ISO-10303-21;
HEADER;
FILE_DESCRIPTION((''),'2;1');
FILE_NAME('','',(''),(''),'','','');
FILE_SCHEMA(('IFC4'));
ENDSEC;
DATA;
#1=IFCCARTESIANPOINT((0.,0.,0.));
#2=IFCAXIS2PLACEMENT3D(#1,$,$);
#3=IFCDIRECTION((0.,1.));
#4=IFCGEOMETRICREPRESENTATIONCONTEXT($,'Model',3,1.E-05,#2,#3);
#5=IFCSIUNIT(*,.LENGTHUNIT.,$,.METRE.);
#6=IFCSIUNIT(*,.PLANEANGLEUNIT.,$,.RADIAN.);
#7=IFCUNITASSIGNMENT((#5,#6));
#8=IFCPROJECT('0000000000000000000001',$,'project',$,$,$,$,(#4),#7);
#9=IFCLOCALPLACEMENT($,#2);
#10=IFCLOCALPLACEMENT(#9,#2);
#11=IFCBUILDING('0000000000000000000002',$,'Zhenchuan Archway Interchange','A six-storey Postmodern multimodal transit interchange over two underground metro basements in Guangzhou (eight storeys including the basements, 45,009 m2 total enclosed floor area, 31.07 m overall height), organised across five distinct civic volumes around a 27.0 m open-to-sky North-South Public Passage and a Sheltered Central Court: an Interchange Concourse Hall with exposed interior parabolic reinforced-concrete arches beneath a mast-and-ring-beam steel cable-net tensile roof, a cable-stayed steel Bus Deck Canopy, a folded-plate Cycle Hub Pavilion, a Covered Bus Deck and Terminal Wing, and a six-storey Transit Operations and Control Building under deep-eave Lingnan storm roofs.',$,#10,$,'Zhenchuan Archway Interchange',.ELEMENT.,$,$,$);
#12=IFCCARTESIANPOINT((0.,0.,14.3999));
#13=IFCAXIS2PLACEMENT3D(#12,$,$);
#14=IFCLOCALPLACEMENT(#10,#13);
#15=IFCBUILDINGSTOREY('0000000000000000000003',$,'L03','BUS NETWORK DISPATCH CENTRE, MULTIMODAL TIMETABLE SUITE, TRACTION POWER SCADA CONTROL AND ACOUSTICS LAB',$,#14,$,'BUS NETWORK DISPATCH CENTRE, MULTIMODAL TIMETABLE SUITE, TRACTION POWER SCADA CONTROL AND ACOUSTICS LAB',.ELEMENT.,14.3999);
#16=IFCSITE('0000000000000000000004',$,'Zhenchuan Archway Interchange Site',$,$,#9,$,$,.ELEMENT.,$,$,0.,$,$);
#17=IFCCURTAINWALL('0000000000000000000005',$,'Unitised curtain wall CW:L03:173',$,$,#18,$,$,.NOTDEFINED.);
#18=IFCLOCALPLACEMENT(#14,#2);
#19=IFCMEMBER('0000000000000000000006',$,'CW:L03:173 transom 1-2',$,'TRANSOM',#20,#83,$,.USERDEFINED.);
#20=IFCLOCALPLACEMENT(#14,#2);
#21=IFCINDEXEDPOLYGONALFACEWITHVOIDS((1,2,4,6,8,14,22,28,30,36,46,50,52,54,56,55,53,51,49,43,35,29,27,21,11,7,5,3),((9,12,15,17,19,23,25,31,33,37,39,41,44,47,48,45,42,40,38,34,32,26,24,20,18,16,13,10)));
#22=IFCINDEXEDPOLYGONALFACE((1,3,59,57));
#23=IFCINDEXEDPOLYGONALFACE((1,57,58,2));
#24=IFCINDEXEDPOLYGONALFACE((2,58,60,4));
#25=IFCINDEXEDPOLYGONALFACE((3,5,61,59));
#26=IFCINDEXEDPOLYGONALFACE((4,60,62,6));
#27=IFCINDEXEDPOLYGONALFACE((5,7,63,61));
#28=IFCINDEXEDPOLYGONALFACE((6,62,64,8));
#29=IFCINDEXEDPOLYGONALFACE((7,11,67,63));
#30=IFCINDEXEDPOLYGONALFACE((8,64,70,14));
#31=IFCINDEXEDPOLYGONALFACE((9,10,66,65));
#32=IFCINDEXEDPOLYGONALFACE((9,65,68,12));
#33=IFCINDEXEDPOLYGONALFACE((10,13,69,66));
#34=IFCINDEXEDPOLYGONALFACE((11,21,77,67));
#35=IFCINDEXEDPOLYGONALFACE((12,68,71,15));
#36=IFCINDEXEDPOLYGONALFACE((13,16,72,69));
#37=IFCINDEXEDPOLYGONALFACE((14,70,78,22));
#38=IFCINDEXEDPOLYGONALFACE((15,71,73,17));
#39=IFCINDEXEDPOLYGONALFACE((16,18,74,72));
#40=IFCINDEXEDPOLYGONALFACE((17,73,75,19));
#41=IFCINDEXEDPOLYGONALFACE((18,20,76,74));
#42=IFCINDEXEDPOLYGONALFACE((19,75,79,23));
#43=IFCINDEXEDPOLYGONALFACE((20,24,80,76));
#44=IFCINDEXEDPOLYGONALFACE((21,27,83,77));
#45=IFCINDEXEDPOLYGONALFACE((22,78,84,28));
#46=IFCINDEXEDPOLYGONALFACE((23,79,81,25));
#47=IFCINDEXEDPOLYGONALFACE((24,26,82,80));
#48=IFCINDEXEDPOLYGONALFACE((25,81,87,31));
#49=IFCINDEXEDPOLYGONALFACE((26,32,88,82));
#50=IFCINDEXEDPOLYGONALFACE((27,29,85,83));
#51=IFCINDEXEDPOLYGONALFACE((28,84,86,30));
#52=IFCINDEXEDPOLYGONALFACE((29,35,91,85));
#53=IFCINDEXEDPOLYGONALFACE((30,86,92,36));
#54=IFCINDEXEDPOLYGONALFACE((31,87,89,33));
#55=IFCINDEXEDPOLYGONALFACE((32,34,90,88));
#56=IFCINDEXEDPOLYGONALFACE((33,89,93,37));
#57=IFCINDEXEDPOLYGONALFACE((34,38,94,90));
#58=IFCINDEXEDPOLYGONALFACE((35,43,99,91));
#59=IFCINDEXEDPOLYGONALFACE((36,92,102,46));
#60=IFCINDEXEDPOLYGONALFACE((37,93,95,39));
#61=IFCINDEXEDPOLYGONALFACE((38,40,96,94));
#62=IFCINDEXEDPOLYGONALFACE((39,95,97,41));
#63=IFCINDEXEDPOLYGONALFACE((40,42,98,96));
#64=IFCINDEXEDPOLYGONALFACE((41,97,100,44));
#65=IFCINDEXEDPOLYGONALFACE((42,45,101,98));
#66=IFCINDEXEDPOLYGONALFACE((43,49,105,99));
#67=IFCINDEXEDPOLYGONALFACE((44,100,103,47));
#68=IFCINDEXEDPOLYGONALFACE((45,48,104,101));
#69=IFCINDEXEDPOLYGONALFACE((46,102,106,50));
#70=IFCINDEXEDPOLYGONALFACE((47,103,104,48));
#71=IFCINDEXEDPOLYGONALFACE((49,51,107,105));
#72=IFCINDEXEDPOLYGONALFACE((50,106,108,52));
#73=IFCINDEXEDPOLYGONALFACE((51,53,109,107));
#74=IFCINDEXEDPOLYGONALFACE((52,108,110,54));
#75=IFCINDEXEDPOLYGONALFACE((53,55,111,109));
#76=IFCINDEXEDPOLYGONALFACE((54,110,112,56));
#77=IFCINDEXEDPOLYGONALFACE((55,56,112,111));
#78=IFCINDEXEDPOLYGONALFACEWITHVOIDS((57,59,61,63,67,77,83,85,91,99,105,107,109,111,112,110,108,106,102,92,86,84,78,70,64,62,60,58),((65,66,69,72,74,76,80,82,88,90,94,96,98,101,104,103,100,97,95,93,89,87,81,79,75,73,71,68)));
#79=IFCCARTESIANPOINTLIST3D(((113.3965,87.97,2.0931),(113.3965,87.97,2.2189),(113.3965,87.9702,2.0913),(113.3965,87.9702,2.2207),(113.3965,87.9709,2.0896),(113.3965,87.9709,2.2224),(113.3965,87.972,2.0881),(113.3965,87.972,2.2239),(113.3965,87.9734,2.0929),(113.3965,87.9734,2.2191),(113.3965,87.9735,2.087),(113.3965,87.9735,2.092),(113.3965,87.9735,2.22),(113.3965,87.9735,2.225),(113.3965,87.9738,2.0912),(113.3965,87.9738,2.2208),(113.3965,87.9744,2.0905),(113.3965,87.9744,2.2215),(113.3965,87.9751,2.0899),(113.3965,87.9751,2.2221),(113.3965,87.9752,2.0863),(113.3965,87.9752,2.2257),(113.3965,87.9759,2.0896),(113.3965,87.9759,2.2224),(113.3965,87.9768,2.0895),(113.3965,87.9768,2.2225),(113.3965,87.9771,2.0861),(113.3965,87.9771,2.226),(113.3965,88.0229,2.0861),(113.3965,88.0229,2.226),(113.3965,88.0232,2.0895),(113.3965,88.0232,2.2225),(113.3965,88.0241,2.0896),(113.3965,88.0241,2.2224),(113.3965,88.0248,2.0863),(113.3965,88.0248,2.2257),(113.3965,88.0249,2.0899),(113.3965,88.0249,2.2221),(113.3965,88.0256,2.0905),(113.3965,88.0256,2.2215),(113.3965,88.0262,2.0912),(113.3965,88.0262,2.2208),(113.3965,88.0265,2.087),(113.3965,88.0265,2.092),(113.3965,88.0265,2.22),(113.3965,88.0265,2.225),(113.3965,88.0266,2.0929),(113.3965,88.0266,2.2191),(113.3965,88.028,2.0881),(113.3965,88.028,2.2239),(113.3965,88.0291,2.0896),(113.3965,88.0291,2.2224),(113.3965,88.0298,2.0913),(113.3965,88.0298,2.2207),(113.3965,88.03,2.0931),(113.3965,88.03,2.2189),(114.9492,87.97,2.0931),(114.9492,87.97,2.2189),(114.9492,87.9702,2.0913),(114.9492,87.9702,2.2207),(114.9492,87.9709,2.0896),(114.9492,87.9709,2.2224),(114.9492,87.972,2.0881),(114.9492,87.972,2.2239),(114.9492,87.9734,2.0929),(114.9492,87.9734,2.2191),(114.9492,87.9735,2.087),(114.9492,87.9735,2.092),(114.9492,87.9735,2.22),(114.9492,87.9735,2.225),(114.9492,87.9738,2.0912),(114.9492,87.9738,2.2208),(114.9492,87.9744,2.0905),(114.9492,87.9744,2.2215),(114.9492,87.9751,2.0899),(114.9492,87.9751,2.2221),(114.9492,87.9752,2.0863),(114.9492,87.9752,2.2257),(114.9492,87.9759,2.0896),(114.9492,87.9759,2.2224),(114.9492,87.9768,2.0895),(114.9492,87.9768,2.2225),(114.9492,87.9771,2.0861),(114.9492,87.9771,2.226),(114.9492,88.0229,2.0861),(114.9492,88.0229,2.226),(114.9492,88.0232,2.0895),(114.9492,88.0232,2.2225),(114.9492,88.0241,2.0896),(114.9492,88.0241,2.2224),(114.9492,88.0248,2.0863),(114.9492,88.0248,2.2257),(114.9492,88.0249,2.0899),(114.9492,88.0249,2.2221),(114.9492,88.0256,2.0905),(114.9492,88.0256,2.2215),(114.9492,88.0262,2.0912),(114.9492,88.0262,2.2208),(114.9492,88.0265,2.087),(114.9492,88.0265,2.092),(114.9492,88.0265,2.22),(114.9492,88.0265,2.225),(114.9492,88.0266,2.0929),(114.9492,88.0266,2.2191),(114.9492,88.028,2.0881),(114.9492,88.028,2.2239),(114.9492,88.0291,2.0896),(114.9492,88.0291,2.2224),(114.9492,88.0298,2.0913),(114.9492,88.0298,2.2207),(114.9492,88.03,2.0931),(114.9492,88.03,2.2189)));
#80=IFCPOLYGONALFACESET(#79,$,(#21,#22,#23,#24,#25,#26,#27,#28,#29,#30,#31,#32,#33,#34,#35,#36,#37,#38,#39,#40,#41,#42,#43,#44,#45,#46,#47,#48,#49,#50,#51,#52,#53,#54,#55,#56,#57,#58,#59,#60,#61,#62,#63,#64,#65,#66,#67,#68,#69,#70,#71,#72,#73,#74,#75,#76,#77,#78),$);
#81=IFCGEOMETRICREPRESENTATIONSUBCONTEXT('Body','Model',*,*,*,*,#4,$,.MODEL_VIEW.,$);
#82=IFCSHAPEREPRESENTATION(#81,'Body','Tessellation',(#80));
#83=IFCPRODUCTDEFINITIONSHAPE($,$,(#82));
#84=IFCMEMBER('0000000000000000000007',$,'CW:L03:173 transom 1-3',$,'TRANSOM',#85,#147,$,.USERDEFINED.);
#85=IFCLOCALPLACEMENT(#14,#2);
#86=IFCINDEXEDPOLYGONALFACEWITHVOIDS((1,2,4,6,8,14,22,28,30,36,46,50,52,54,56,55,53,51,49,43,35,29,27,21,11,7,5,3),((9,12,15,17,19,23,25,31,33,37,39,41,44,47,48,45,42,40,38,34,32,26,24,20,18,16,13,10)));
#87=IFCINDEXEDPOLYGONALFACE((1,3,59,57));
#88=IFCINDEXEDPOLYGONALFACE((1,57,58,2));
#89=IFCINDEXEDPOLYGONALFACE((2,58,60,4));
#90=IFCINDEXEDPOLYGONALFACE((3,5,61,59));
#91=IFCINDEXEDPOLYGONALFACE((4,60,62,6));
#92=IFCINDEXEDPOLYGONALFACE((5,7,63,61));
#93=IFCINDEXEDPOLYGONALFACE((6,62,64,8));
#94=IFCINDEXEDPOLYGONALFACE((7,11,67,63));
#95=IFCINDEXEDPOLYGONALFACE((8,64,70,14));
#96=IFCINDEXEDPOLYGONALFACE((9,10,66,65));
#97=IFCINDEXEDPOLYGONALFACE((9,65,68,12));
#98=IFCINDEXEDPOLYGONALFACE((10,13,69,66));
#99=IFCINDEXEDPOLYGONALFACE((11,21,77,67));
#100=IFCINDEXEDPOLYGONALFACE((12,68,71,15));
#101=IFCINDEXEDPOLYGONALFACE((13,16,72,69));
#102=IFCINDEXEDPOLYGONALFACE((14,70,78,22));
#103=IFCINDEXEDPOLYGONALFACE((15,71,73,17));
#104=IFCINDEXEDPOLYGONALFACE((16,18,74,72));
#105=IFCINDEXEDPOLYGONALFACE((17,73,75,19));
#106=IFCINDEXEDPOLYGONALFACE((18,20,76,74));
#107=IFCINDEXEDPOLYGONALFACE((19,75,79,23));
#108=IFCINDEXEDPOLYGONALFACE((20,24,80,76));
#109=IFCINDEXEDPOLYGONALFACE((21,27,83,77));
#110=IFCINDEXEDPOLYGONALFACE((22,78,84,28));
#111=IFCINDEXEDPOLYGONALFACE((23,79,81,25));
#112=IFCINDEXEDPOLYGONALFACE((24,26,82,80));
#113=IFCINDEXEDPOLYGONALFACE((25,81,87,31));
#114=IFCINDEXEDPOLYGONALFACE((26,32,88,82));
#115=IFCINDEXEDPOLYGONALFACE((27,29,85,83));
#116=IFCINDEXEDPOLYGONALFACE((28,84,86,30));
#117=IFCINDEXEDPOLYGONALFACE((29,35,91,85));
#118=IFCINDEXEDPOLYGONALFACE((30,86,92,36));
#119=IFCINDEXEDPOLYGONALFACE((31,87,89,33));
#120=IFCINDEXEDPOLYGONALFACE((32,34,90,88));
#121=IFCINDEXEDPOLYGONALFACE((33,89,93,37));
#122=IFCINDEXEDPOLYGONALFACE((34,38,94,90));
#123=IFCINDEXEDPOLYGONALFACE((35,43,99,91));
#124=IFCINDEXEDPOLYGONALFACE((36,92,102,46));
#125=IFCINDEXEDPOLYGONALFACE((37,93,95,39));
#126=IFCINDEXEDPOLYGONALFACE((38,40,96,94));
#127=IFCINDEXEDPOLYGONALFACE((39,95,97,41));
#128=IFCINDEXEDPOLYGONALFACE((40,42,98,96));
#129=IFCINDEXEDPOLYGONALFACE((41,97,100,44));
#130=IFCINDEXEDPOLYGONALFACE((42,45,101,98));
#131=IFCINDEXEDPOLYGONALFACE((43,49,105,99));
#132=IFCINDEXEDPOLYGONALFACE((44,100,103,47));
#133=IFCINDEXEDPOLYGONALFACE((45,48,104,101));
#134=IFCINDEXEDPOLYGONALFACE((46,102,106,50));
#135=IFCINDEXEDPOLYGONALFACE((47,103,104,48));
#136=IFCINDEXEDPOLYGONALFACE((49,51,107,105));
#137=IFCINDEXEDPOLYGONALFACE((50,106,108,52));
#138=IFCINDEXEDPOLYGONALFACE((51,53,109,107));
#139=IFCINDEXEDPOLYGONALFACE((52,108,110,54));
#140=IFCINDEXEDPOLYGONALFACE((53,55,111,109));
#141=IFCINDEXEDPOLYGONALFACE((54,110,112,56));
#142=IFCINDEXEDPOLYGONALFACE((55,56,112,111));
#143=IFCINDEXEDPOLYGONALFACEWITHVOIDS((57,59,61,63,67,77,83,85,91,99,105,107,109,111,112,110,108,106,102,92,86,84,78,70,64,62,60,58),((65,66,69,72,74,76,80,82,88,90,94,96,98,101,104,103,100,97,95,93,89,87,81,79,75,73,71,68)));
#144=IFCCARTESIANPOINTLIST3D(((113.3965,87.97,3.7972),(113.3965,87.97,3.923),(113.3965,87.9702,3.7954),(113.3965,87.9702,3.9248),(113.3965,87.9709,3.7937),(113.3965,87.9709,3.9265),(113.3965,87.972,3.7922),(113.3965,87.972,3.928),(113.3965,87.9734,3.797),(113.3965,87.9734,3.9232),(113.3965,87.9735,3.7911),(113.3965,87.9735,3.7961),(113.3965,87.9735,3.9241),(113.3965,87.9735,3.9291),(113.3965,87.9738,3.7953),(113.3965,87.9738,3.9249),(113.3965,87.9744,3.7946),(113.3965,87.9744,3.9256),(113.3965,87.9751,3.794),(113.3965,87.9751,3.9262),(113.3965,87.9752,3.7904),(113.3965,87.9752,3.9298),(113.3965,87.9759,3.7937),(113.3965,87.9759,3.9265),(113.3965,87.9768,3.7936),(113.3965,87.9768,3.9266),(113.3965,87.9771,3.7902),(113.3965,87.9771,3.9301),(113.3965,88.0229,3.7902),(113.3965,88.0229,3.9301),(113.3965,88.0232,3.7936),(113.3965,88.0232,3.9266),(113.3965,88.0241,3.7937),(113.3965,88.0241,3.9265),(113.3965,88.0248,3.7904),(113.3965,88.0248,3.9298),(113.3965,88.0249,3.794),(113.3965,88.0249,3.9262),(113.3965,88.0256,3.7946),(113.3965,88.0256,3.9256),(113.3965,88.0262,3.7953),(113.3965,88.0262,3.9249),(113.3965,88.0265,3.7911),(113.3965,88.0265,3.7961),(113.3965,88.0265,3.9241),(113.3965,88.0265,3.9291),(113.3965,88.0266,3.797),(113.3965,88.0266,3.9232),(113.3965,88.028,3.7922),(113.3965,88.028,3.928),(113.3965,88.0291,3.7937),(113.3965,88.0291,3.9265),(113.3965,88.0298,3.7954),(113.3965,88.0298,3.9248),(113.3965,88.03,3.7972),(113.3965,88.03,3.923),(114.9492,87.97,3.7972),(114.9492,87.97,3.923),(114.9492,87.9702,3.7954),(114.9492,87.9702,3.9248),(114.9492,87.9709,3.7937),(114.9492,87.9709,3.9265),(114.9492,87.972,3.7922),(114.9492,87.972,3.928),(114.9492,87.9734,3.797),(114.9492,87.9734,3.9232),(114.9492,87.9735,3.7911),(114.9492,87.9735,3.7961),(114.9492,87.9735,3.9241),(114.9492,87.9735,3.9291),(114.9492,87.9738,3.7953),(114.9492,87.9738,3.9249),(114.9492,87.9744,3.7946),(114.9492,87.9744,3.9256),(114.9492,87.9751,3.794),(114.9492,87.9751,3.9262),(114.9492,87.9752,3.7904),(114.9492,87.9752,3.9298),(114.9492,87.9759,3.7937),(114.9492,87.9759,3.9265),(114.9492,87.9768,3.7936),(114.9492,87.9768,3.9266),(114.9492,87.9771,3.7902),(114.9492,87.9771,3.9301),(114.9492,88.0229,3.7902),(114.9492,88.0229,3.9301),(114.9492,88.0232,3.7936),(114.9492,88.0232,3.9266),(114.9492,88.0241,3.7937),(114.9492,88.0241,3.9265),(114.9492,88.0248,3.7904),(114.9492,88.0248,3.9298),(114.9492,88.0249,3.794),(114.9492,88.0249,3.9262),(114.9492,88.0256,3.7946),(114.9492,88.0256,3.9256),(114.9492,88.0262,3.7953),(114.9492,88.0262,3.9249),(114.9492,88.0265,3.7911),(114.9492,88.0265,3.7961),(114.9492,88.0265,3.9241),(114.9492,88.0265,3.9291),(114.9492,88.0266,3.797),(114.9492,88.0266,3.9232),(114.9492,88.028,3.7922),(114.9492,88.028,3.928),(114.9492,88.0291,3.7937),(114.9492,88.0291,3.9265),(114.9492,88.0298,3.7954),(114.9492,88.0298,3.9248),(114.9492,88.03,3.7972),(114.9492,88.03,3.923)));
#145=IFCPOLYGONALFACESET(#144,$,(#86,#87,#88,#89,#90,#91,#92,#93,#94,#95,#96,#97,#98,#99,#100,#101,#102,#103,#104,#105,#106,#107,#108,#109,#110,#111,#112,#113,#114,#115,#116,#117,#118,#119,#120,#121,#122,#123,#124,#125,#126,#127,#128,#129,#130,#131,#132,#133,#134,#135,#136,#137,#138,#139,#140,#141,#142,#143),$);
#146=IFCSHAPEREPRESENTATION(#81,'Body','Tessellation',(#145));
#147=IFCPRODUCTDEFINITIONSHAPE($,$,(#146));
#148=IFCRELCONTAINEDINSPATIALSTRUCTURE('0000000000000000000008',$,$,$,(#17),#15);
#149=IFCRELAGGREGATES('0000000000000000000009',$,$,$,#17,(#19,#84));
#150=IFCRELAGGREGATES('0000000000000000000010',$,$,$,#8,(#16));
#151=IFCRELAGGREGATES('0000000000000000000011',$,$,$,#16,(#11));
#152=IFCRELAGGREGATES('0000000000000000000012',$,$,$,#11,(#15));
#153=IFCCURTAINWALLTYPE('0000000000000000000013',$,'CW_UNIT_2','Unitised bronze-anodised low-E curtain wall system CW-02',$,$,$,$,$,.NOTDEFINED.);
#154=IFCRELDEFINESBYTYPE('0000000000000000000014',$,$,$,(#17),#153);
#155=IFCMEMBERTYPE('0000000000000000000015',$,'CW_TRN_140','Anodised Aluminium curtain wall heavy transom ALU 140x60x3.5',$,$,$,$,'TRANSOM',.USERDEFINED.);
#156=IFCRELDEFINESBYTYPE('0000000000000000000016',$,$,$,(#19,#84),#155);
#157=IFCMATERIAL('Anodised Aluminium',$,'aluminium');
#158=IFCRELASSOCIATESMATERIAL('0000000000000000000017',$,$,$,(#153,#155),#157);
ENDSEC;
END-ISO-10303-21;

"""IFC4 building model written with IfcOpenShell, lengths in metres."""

from ifc_helpers import new_model, si_unit, direction, frame, origin, origin_2d, place, context, subcontext, project, spatial, hollow_rectangle, extrude, material, material_profile, profile_set, type_object, element, aggregate, save


model = new_model("IFC4")

# Units and contexts
model_context = context("Model", 3, precision=1e-05, world=origin(), true_north=direction((0.0, 1.0)))
body_context = subcontext(model_context, "Body", "Model", "MODEL_VIEW")
ifc_project = project(units=[si_unit("LENGTHUNIT", "METRE"), si_unit("PLANEANGLEUNIT", "RADIAN")], contexts=[model_context])

# Site, building, storey
site_placement = place(None, origin())
site = spatial("IfcSite", under=ifc_project, at=site_placement, Name="Zhenchuan Archway Interchange Site", CompositionType="ELEMENT", RefElevation=0.0)
building_placement = place(site_placement, origin())
building = spatial("IfcBuilding", under=site, at=building_placement, Name="Zhenchuan Archway Interchange", Description="A six-storey Postmodern multimodal transit interchange over two underground metro basements in Guangzhou (eight storeys including the basements, 45,009 m2 total enclosed floor area, 31.07 m overall height), organised across five distinct civic volumes around a 27.0 m open-to-sky North-South Public Passage and a Sheltered Central Court: an Interchange Concourse Hall with exposed interior parabolic reinforced-concrete arches beneath a mast-and-ring-beam steel cable-net tensile roof, a cable-stayed steel Bus Deck Canopy, a folded-plate Cycle Hub Pavilion, a Covered Bus Deck and Terminal Wing, and a six-storey Transit Operations and Control Building under deep-eave Lingnan storm roofs.", LongName="Zhenchuan Archway Interchange", CompositionType="ELEMENT")
storey_placement = place(building_placement, frame((0.0, 0.0, 14.3999)))
storey = spatial("IfcBuildingStorey", under=building, at=storey_placement, Name="L03", Description="BUS NETWORK DISPATCH CENTRE, MULTIMODAL TIMETABLE SUITE, TRACTION POWER SCADA CONTROL AND ACOUSTICS LAB", LongName="BUS NETWORK DISPATCH CENTRE, MULTIMODAL TIMETABLE SUITE, TRACTION POWER SCADA CONTROL AND ACOUSTICS LAB", CompositionType="ELEMENT", Elevation=14.3999)

# Curtain wall, members
ifc_material_1 = material(Name="Anodised Aluminium", Category="aluminium")
curtain_wall_type = type_object("IfcCurtainWallType", Name="CW_UNIT_2", Description="Unitised bronze-anodised low-E curtain wall system CW-02", PredefinedType="NOTDEFINED", material=ifc_material_1)
curtain_wall_placement = place(storey_placement, origin())
curtain_wall = element("IfcCurtainWall", 1, at=curtain_wall_placement, inside=storey, type_object=curtain_wall_type, Name="Unitised curtain wall CW:L03:173", PredefinedType="NOTDEFINED")
ifc_material_profile_1 = material_profile(ifc_material_1, hollow_rectangle(XDim=0.0601, YDim=0.1399, WallThickness=0.0034, InnerFilletRadius=0.0034, OuterFilletRadius=0.0071, at=origin_2d()), Name="ALU 140x60x3.5")
ifc_profile_set_1 = profile_set([ifc_material_profile_1], Name="Anodised Aluminium")
member_type_1 = type_object("IfcMemberType", Name="CW_TRN_140", Description="Anodised Aluminium curtain wall heavy transom ALU 140x60x3.5", ElementType="TRANSOM", PredefinedType="USERDEFINED", material=ifc_profile_set_1)
member_1_placement = place(storey_placement, frame((114.9492, 88.0, 2.156), z_axis=(-1.0, 0.0, 0.0), x_axis=(0.0, -1.0, 0.0)))
member_1 = element("IfcMember", 2, at=member_1_placement, type_object=member_type_1, Name="CW:L03:173 transom 1-2", ObjectType="TRANSOM", PredefinedType="USERDEFINED", context=body_context, shape_type="SweptSolid", body=[
    extrude(hollow_rectangle(XDim=0.0601, YDim=0.1399, WallThickness=0.0034, InnerFilletRadius=0.0034, OuterFilletRadius=0.0071, at=origin_2d()), origin(), (0.0, 0.0, 1.0), 1.5527),
])
member_2_placement = place(storey_placement, frame((114.9492, 88.0, 3.8601), z_axis=(-1.0, 0.0, 0.0), x_axis=(0.0, -1.0, 0.0)))
member_2 = element("IfcMember", 3, at=member_2_placement, type_object=member_type_1, Name="CW:L03:173 transom 1-3", ObjectType="TRANSOM", PredefinedType="USERDEFINED", context=body_context, shape_type="SweptSolid", body=[
    extrude(hollow_rectangle(XDim=0.0601, YDim=0.1399, WallThickness=0.0034, InnerFilletRadius=0.0034, OuterFilletRadius=0.0071, at=origin_2d()), origin(), (0.0, 0.0, 1.0), 1.5527),
])

aggregate(curtain_wall, [member_1, member_2])

save(model, "model.ifc")
